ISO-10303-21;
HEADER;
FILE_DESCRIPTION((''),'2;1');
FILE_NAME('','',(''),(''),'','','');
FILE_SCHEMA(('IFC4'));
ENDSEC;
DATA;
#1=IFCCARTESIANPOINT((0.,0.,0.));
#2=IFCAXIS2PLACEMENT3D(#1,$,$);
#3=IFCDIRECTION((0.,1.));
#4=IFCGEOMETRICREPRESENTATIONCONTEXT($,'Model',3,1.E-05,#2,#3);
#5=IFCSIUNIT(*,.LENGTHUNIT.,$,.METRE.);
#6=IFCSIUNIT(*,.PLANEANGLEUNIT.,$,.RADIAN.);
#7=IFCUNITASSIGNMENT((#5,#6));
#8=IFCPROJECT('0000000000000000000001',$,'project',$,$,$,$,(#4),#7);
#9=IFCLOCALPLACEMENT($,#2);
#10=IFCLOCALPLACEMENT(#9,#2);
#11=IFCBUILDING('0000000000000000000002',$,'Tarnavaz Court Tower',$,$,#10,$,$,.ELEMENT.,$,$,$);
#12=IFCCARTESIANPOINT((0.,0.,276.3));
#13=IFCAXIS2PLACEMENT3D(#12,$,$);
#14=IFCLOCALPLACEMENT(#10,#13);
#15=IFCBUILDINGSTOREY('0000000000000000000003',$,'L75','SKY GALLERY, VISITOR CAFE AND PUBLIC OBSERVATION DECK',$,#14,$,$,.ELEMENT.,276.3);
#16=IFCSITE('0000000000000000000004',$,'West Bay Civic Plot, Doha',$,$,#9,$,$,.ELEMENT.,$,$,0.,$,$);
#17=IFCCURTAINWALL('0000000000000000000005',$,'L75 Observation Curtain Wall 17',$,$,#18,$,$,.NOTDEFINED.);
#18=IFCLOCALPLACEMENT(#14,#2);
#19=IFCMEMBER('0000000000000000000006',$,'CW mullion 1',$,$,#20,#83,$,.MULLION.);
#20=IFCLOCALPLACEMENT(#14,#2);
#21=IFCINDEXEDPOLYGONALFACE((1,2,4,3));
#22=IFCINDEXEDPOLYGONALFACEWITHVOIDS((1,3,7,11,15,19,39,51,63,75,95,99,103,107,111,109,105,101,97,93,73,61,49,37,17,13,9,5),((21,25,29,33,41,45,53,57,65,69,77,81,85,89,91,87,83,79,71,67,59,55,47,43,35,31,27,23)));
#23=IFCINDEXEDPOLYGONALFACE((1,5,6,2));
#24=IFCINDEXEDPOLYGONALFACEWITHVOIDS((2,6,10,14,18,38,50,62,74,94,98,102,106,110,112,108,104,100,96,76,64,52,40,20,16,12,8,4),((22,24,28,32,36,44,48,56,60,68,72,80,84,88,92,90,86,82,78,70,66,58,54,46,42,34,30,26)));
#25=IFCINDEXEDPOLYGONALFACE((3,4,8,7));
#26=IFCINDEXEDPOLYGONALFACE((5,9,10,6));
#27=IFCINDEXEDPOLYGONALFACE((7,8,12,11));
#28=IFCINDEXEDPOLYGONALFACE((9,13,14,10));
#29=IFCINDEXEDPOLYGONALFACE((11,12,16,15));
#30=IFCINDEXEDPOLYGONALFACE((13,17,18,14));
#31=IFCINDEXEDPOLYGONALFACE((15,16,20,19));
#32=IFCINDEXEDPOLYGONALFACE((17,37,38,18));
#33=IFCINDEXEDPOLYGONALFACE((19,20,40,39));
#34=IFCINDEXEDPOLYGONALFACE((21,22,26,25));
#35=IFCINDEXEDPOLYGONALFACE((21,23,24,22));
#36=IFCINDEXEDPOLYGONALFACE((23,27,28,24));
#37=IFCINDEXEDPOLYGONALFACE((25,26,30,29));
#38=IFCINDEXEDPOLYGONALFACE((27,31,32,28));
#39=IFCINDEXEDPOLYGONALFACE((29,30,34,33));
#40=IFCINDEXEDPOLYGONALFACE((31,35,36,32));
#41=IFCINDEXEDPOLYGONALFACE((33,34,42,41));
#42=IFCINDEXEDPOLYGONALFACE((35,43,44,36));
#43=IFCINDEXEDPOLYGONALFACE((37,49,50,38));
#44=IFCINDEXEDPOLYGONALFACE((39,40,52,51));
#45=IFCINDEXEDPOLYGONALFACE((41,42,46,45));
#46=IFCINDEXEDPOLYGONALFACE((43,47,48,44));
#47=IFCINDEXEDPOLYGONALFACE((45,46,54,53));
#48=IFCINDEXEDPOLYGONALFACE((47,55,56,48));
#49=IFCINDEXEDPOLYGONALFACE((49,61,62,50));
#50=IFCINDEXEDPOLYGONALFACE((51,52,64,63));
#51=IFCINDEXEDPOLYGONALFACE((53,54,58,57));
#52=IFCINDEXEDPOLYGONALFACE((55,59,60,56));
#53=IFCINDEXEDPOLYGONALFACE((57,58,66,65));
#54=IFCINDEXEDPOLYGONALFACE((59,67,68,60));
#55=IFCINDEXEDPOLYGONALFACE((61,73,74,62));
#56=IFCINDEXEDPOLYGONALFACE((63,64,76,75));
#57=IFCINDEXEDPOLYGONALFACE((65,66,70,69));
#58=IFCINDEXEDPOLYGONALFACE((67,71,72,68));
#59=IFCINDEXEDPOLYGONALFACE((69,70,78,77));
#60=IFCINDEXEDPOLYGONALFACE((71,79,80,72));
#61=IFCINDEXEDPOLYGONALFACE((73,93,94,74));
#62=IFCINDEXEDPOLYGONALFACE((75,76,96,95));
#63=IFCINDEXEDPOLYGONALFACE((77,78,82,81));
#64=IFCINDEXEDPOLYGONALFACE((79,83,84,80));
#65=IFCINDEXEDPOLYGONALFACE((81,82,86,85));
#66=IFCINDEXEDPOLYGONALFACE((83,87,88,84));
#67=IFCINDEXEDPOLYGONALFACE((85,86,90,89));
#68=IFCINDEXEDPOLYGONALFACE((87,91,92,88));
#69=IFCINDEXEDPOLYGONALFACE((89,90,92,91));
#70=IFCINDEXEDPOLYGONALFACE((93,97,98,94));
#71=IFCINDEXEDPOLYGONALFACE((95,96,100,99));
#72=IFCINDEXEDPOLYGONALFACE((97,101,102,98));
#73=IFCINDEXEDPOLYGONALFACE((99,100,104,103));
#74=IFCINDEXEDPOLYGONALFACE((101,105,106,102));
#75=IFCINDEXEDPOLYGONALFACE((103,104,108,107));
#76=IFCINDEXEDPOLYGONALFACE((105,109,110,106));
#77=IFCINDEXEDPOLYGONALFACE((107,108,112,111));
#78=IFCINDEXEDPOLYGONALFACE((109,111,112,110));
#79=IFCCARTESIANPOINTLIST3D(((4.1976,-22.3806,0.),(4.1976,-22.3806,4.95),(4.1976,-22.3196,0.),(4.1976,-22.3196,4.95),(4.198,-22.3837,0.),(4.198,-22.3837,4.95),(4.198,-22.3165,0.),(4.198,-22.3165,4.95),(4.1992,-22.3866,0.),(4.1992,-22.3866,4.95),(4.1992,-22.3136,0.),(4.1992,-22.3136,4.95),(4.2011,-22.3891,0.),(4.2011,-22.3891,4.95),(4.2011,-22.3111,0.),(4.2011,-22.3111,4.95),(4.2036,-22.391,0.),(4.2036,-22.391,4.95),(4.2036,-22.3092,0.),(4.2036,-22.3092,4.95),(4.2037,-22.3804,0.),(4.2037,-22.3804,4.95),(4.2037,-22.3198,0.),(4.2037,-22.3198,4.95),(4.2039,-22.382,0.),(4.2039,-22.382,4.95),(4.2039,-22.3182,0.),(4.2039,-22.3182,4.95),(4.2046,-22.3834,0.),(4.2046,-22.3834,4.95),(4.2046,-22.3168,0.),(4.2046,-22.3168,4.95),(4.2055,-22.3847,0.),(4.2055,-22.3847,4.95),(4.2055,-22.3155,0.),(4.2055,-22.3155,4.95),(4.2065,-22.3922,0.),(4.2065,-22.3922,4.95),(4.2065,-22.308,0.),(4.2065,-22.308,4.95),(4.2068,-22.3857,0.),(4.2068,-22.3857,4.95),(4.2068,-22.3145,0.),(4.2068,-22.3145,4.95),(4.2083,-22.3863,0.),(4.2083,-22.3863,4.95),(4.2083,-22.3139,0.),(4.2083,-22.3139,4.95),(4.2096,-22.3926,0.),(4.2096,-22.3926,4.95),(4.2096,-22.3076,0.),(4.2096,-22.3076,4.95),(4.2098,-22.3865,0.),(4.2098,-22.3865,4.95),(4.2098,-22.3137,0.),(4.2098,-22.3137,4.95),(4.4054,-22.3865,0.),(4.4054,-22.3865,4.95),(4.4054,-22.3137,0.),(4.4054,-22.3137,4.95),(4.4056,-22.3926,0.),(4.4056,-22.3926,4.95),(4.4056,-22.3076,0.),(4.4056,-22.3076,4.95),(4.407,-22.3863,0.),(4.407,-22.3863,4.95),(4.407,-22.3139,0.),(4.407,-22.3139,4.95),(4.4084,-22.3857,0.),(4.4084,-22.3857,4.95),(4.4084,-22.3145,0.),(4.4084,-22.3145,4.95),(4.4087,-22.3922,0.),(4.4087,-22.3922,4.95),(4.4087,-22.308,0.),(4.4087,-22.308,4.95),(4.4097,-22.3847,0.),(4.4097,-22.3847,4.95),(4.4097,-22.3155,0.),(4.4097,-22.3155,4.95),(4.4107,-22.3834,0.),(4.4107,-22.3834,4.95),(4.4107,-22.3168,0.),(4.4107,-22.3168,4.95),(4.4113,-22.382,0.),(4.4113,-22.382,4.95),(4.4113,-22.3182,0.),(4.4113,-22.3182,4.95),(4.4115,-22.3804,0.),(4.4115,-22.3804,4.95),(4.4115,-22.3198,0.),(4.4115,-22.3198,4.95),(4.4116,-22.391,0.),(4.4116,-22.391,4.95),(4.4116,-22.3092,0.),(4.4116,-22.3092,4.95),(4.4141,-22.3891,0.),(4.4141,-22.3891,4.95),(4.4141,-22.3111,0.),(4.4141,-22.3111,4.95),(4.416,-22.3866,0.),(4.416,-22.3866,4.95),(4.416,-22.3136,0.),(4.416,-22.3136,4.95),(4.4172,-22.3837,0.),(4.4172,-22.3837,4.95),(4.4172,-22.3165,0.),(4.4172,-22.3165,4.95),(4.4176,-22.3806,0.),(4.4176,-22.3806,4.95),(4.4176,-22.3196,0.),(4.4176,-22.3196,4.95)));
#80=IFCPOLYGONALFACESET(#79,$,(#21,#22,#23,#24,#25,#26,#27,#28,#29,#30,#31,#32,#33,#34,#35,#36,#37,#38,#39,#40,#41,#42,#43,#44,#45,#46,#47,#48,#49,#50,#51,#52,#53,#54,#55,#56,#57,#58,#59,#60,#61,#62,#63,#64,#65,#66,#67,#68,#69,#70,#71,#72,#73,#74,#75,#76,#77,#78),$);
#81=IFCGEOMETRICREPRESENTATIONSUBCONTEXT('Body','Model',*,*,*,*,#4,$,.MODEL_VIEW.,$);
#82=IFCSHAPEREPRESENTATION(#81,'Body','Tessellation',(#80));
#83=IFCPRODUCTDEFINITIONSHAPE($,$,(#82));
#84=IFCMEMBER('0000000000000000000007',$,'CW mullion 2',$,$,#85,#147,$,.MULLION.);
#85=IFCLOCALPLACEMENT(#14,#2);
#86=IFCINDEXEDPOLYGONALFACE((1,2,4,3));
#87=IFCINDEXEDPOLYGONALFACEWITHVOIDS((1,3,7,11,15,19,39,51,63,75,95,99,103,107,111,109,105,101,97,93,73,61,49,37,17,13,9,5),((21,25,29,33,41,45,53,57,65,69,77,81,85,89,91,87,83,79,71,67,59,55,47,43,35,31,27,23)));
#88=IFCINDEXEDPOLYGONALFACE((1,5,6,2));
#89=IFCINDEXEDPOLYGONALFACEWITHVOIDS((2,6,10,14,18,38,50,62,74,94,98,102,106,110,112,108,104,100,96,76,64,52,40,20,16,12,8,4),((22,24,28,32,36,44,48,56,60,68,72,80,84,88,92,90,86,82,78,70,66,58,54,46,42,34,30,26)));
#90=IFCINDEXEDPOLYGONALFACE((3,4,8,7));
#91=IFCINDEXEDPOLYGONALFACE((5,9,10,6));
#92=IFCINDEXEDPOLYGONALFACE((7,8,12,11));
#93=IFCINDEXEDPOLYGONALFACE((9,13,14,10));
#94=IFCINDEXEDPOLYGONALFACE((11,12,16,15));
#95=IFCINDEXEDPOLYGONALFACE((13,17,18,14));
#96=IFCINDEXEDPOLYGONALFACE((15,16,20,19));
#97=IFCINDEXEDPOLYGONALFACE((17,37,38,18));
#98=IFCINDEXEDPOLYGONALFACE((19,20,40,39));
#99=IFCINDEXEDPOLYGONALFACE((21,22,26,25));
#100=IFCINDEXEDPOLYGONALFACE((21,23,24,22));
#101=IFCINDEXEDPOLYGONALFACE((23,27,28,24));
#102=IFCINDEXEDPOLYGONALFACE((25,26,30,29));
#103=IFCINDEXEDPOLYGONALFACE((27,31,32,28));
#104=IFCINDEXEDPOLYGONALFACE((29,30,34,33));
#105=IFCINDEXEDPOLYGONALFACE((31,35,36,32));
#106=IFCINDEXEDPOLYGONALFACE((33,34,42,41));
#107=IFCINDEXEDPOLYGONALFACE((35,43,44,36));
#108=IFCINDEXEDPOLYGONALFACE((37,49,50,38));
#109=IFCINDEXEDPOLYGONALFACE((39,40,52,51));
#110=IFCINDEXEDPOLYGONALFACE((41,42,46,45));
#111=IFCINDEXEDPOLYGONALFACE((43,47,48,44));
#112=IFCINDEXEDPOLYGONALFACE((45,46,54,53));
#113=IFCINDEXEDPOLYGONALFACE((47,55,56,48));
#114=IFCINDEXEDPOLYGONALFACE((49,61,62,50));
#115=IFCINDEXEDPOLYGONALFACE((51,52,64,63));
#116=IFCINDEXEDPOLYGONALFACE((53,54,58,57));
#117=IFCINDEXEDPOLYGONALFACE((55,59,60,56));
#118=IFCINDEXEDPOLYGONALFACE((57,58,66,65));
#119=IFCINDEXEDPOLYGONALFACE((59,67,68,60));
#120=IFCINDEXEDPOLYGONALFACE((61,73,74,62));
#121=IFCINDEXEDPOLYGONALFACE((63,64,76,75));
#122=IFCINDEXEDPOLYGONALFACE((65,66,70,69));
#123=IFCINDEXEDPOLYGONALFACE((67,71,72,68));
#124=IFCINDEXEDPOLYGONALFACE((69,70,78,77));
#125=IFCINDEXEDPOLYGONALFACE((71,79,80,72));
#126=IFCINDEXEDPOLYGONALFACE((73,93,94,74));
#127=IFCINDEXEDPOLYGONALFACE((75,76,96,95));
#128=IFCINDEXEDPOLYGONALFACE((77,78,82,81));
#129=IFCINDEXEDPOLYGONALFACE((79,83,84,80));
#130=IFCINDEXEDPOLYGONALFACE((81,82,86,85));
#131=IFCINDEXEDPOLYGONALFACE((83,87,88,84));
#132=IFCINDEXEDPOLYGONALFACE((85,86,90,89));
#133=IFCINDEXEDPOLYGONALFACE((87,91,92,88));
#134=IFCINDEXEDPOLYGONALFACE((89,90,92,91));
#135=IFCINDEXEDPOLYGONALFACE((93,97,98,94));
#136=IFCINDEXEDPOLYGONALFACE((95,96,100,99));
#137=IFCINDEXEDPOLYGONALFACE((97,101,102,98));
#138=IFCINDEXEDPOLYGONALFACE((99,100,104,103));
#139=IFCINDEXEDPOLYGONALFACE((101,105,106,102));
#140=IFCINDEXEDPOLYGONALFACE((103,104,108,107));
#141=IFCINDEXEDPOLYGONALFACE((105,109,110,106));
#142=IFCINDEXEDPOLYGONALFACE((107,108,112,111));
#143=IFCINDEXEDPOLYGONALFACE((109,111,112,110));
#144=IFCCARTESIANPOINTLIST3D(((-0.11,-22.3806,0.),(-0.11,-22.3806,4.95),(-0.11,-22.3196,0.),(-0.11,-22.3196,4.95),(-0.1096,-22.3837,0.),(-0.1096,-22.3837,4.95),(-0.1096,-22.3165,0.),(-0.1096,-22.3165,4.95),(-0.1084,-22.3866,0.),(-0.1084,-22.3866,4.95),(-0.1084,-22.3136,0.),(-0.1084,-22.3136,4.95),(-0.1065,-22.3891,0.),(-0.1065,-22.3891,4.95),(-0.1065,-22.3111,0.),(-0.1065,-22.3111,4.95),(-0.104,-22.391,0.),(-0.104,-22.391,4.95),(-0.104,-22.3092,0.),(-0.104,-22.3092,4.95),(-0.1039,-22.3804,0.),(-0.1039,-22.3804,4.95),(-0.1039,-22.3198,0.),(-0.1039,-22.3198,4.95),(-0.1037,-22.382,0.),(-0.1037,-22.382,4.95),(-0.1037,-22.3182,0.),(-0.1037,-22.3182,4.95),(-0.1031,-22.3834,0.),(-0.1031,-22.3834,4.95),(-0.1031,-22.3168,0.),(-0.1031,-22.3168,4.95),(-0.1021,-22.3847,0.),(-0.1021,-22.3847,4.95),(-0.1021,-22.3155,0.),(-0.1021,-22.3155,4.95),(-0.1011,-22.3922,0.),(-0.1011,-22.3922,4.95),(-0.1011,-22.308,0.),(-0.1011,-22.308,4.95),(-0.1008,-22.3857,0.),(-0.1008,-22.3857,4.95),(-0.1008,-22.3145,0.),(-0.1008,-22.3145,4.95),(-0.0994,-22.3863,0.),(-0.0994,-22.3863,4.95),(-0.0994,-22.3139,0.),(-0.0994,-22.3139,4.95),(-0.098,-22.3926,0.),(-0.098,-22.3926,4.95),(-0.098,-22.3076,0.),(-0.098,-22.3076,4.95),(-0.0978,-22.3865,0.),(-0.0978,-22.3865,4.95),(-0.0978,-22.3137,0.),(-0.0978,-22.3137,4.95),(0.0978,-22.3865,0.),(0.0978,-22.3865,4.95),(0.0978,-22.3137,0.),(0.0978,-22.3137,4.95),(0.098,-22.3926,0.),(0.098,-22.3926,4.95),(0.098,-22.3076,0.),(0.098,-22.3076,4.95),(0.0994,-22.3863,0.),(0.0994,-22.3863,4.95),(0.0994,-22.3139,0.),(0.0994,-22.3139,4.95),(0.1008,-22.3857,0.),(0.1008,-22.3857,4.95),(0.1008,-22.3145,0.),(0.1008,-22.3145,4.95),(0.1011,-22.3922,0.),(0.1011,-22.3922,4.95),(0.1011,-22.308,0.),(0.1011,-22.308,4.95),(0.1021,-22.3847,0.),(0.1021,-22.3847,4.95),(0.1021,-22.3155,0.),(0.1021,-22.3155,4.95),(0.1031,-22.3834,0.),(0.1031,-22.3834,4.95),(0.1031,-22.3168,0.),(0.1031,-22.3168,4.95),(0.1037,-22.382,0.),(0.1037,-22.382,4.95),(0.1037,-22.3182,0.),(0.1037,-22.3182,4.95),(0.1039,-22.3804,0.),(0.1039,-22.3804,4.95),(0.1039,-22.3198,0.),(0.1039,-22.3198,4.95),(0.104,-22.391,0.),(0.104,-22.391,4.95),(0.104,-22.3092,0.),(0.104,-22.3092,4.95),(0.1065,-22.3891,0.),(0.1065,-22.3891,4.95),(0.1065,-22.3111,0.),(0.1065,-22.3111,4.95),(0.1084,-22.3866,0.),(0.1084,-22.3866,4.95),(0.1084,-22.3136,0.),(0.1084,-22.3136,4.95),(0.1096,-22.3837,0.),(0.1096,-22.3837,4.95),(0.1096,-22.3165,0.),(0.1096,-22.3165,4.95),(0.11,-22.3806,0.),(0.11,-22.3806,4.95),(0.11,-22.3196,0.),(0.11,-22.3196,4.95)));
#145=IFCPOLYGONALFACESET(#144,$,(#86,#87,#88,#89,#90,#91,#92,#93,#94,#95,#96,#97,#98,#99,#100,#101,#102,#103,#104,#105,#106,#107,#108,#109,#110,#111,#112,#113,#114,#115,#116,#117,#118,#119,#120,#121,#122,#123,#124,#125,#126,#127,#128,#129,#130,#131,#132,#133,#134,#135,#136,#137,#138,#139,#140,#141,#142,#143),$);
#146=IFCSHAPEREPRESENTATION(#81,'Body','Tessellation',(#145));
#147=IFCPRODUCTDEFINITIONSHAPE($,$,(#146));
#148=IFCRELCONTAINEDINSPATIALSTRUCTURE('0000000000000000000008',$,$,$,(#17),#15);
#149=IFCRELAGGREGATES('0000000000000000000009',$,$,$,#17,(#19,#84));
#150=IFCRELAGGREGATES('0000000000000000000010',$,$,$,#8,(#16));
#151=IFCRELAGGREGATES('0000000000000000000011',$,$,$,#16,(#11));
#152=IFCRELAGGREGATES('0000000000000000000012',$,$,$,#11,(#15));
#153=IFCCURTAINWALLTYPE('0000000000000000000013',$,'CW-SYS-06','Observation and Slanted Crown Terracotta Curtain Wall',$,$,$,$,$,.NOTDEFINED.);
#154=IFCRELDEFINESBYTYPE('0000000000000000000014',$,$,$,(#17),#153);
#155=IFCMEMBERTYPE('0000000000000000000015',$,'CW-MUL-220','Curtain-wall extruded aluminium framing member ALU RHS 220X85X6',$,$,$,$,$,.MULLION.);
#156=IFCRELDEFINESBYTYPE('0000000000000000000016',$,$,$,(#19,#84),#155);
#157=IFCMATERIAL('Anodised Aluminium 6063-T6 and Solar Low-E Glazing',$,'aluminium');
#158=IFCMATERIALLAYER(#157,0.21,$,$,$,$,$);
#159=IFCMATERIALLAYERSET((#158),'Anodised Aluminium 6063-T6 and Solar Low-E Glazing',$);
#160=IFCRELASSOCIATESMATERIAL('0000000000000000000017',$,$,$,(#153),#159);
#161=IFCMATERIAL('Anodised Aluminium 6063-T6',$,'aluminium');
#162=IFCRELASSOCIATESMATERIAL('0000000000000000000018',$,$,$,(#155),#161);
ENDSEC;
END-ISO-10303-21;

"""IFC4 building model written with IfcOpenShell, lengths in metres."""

from ifc_helpers import new_model, si_unit, direction, frame, origin, origin_2d, place, context, subcontext, project, spatial, hollow_rectangle, extrude, material, layer, layer_set, material_profile, profile_set, type_object, element, aggregate, save


model = new_model("IFC4")

# Units and contexts
model_context = context("Model", 3, precision=1e-05, world=origin(), true_north=direction((0.0, 1.0)))
body_context = subcontext(model_context, "Body", "Model", "MODEL_VIEW")
ifc_project = project(units=[si_unit("LENGTHUNIT", "METRE"), si_unit("PLANEANGLEUNIT", "RADIAN")], contexts=[model_context])

# Site, building, storey
site_placement = place(None, origin())
site = spatial("IfcSite", under=ifc_project, at=site_placement, Name="West Bay Civic Plot, Doha", CompositionType="ELEMENT", RefElevation=0.0)
building_placement = place(site_placement, origin())
building = spatial("IfcBuilding", under=site, at=building_placement, Name="Tarnavaz Court Tower", CompositionType="ELEMENT")
storey_placement = place(building_placement, frame((0.0, 0.0, 276.3)))
storey = spatial("IfcBuildingStorey", under=building, at=storey_placement, Name="L75", Description="SKY GALLERY, VISITOR CAFE AND PUBLIC OBSERVATION DECK", CompositionType="ELEMENT", Elevation=276.3)

# Curtain wall, members
ifc_material_1 = material(Name="Anodised Aluminium 6063-T6 and Solar Low-E Glazing", Category="aluminium")
ifc_layer_1 = layer(ifc_material_1, 0.21)
ifc_layer_set_1 = layer_set([ifc_layer_1], Name="Anodised Aluminium 6063-T6 and Solar Low-E Glazing")
curtain_wall_type = type_object("IfcCurtainWallType", Name="CW-SYS-06", Description="Observation and Slanted Crown Terracotta Curtain Wall", PredefinedType="NOTDEFINED", material=ifc_layer_set_1)
curtain_wall_placement = place(storey_placement, origin())
curtain_wall = element("IfcCurtainWall", 1, at=curtain_wall_placement, inside=storey, type_object=curtain_wall_type, Name="L75 Observation Curtain Wall 17", PredefinedType="NOTDEFINED")
ifc_material_2 = material(Name="Anodised Aluminium 6063-T6", Category="aluminium")
ifc_material_profile_1 = material_profile(ifc_material_2, hollow_rectangle(XDim=0.085, YDim=0.22, WallThickness=0.0061, InnerFilletRadius=0.0061, OuterFilletRadius=0.012, at=origin_2d()), Name="ALU RHS 220X85X6")
ifc_profile_set_1 = profile_set([ifc_material_profile_1], Name="Anodised Aluminium 6063-T6")
member_type_1 = type_object("IfcMemberType", Name="CW-MUL-220", Description="Curtain-wall extruded aluminium framing member ALU RHS 220X85X6", PredefinedType="MULLION", material=ifc_profile_set_1)
member_1_placement = place(storey_placement, frame((4.3076, -22.3501, 0.0), z_axis=(0.0, 0.0, 1.0), x_axis=(0.0, -1.0, 0.0)))
member_1 = element("IfcMember", 2, at=member_1_placement, type_object=member_type_1, Name="CW mullion 1", PredefinedType="MULLION", context=body_context, shape_type="SweptSolid", body=[
    extrude(hollow_rectangle(XDim=0.085, YDim=0.22, WallThickness=0.0061, InnerFilletRadius=0.0061, OuterFilletRadius=0.012, at=origin_2d()), origin(), (0.0, 0.0, 1.0), 4.95),
])
member_2_placement = place(storey_placement, frame((0.0, -22.3501, 0.0), z_axis=(0.0, 0.0, 1.0), x_axis=(0.0, -1.0, 0.0)))
member_2 = element("IfcMember", 3, at=member_2_placement, type_object=member_type_1, Name="CW mullion 2", PredefinedType="MULLION", context=body_context, shape_type="SweptSolid", body=[
    extrude(hollow_rectangle(XDim=0.085, YDim=0.22, WallThickness=0.0061, InnerFilletRadius=0.0061, OuterFilletRadius=0.012, at=origin_2d()), origin(), (0.0, 0.0, 1.0), 4.95),
])
aggregate(curtain_wall, [member_1, member_2])

save(model, "model.ifc")
